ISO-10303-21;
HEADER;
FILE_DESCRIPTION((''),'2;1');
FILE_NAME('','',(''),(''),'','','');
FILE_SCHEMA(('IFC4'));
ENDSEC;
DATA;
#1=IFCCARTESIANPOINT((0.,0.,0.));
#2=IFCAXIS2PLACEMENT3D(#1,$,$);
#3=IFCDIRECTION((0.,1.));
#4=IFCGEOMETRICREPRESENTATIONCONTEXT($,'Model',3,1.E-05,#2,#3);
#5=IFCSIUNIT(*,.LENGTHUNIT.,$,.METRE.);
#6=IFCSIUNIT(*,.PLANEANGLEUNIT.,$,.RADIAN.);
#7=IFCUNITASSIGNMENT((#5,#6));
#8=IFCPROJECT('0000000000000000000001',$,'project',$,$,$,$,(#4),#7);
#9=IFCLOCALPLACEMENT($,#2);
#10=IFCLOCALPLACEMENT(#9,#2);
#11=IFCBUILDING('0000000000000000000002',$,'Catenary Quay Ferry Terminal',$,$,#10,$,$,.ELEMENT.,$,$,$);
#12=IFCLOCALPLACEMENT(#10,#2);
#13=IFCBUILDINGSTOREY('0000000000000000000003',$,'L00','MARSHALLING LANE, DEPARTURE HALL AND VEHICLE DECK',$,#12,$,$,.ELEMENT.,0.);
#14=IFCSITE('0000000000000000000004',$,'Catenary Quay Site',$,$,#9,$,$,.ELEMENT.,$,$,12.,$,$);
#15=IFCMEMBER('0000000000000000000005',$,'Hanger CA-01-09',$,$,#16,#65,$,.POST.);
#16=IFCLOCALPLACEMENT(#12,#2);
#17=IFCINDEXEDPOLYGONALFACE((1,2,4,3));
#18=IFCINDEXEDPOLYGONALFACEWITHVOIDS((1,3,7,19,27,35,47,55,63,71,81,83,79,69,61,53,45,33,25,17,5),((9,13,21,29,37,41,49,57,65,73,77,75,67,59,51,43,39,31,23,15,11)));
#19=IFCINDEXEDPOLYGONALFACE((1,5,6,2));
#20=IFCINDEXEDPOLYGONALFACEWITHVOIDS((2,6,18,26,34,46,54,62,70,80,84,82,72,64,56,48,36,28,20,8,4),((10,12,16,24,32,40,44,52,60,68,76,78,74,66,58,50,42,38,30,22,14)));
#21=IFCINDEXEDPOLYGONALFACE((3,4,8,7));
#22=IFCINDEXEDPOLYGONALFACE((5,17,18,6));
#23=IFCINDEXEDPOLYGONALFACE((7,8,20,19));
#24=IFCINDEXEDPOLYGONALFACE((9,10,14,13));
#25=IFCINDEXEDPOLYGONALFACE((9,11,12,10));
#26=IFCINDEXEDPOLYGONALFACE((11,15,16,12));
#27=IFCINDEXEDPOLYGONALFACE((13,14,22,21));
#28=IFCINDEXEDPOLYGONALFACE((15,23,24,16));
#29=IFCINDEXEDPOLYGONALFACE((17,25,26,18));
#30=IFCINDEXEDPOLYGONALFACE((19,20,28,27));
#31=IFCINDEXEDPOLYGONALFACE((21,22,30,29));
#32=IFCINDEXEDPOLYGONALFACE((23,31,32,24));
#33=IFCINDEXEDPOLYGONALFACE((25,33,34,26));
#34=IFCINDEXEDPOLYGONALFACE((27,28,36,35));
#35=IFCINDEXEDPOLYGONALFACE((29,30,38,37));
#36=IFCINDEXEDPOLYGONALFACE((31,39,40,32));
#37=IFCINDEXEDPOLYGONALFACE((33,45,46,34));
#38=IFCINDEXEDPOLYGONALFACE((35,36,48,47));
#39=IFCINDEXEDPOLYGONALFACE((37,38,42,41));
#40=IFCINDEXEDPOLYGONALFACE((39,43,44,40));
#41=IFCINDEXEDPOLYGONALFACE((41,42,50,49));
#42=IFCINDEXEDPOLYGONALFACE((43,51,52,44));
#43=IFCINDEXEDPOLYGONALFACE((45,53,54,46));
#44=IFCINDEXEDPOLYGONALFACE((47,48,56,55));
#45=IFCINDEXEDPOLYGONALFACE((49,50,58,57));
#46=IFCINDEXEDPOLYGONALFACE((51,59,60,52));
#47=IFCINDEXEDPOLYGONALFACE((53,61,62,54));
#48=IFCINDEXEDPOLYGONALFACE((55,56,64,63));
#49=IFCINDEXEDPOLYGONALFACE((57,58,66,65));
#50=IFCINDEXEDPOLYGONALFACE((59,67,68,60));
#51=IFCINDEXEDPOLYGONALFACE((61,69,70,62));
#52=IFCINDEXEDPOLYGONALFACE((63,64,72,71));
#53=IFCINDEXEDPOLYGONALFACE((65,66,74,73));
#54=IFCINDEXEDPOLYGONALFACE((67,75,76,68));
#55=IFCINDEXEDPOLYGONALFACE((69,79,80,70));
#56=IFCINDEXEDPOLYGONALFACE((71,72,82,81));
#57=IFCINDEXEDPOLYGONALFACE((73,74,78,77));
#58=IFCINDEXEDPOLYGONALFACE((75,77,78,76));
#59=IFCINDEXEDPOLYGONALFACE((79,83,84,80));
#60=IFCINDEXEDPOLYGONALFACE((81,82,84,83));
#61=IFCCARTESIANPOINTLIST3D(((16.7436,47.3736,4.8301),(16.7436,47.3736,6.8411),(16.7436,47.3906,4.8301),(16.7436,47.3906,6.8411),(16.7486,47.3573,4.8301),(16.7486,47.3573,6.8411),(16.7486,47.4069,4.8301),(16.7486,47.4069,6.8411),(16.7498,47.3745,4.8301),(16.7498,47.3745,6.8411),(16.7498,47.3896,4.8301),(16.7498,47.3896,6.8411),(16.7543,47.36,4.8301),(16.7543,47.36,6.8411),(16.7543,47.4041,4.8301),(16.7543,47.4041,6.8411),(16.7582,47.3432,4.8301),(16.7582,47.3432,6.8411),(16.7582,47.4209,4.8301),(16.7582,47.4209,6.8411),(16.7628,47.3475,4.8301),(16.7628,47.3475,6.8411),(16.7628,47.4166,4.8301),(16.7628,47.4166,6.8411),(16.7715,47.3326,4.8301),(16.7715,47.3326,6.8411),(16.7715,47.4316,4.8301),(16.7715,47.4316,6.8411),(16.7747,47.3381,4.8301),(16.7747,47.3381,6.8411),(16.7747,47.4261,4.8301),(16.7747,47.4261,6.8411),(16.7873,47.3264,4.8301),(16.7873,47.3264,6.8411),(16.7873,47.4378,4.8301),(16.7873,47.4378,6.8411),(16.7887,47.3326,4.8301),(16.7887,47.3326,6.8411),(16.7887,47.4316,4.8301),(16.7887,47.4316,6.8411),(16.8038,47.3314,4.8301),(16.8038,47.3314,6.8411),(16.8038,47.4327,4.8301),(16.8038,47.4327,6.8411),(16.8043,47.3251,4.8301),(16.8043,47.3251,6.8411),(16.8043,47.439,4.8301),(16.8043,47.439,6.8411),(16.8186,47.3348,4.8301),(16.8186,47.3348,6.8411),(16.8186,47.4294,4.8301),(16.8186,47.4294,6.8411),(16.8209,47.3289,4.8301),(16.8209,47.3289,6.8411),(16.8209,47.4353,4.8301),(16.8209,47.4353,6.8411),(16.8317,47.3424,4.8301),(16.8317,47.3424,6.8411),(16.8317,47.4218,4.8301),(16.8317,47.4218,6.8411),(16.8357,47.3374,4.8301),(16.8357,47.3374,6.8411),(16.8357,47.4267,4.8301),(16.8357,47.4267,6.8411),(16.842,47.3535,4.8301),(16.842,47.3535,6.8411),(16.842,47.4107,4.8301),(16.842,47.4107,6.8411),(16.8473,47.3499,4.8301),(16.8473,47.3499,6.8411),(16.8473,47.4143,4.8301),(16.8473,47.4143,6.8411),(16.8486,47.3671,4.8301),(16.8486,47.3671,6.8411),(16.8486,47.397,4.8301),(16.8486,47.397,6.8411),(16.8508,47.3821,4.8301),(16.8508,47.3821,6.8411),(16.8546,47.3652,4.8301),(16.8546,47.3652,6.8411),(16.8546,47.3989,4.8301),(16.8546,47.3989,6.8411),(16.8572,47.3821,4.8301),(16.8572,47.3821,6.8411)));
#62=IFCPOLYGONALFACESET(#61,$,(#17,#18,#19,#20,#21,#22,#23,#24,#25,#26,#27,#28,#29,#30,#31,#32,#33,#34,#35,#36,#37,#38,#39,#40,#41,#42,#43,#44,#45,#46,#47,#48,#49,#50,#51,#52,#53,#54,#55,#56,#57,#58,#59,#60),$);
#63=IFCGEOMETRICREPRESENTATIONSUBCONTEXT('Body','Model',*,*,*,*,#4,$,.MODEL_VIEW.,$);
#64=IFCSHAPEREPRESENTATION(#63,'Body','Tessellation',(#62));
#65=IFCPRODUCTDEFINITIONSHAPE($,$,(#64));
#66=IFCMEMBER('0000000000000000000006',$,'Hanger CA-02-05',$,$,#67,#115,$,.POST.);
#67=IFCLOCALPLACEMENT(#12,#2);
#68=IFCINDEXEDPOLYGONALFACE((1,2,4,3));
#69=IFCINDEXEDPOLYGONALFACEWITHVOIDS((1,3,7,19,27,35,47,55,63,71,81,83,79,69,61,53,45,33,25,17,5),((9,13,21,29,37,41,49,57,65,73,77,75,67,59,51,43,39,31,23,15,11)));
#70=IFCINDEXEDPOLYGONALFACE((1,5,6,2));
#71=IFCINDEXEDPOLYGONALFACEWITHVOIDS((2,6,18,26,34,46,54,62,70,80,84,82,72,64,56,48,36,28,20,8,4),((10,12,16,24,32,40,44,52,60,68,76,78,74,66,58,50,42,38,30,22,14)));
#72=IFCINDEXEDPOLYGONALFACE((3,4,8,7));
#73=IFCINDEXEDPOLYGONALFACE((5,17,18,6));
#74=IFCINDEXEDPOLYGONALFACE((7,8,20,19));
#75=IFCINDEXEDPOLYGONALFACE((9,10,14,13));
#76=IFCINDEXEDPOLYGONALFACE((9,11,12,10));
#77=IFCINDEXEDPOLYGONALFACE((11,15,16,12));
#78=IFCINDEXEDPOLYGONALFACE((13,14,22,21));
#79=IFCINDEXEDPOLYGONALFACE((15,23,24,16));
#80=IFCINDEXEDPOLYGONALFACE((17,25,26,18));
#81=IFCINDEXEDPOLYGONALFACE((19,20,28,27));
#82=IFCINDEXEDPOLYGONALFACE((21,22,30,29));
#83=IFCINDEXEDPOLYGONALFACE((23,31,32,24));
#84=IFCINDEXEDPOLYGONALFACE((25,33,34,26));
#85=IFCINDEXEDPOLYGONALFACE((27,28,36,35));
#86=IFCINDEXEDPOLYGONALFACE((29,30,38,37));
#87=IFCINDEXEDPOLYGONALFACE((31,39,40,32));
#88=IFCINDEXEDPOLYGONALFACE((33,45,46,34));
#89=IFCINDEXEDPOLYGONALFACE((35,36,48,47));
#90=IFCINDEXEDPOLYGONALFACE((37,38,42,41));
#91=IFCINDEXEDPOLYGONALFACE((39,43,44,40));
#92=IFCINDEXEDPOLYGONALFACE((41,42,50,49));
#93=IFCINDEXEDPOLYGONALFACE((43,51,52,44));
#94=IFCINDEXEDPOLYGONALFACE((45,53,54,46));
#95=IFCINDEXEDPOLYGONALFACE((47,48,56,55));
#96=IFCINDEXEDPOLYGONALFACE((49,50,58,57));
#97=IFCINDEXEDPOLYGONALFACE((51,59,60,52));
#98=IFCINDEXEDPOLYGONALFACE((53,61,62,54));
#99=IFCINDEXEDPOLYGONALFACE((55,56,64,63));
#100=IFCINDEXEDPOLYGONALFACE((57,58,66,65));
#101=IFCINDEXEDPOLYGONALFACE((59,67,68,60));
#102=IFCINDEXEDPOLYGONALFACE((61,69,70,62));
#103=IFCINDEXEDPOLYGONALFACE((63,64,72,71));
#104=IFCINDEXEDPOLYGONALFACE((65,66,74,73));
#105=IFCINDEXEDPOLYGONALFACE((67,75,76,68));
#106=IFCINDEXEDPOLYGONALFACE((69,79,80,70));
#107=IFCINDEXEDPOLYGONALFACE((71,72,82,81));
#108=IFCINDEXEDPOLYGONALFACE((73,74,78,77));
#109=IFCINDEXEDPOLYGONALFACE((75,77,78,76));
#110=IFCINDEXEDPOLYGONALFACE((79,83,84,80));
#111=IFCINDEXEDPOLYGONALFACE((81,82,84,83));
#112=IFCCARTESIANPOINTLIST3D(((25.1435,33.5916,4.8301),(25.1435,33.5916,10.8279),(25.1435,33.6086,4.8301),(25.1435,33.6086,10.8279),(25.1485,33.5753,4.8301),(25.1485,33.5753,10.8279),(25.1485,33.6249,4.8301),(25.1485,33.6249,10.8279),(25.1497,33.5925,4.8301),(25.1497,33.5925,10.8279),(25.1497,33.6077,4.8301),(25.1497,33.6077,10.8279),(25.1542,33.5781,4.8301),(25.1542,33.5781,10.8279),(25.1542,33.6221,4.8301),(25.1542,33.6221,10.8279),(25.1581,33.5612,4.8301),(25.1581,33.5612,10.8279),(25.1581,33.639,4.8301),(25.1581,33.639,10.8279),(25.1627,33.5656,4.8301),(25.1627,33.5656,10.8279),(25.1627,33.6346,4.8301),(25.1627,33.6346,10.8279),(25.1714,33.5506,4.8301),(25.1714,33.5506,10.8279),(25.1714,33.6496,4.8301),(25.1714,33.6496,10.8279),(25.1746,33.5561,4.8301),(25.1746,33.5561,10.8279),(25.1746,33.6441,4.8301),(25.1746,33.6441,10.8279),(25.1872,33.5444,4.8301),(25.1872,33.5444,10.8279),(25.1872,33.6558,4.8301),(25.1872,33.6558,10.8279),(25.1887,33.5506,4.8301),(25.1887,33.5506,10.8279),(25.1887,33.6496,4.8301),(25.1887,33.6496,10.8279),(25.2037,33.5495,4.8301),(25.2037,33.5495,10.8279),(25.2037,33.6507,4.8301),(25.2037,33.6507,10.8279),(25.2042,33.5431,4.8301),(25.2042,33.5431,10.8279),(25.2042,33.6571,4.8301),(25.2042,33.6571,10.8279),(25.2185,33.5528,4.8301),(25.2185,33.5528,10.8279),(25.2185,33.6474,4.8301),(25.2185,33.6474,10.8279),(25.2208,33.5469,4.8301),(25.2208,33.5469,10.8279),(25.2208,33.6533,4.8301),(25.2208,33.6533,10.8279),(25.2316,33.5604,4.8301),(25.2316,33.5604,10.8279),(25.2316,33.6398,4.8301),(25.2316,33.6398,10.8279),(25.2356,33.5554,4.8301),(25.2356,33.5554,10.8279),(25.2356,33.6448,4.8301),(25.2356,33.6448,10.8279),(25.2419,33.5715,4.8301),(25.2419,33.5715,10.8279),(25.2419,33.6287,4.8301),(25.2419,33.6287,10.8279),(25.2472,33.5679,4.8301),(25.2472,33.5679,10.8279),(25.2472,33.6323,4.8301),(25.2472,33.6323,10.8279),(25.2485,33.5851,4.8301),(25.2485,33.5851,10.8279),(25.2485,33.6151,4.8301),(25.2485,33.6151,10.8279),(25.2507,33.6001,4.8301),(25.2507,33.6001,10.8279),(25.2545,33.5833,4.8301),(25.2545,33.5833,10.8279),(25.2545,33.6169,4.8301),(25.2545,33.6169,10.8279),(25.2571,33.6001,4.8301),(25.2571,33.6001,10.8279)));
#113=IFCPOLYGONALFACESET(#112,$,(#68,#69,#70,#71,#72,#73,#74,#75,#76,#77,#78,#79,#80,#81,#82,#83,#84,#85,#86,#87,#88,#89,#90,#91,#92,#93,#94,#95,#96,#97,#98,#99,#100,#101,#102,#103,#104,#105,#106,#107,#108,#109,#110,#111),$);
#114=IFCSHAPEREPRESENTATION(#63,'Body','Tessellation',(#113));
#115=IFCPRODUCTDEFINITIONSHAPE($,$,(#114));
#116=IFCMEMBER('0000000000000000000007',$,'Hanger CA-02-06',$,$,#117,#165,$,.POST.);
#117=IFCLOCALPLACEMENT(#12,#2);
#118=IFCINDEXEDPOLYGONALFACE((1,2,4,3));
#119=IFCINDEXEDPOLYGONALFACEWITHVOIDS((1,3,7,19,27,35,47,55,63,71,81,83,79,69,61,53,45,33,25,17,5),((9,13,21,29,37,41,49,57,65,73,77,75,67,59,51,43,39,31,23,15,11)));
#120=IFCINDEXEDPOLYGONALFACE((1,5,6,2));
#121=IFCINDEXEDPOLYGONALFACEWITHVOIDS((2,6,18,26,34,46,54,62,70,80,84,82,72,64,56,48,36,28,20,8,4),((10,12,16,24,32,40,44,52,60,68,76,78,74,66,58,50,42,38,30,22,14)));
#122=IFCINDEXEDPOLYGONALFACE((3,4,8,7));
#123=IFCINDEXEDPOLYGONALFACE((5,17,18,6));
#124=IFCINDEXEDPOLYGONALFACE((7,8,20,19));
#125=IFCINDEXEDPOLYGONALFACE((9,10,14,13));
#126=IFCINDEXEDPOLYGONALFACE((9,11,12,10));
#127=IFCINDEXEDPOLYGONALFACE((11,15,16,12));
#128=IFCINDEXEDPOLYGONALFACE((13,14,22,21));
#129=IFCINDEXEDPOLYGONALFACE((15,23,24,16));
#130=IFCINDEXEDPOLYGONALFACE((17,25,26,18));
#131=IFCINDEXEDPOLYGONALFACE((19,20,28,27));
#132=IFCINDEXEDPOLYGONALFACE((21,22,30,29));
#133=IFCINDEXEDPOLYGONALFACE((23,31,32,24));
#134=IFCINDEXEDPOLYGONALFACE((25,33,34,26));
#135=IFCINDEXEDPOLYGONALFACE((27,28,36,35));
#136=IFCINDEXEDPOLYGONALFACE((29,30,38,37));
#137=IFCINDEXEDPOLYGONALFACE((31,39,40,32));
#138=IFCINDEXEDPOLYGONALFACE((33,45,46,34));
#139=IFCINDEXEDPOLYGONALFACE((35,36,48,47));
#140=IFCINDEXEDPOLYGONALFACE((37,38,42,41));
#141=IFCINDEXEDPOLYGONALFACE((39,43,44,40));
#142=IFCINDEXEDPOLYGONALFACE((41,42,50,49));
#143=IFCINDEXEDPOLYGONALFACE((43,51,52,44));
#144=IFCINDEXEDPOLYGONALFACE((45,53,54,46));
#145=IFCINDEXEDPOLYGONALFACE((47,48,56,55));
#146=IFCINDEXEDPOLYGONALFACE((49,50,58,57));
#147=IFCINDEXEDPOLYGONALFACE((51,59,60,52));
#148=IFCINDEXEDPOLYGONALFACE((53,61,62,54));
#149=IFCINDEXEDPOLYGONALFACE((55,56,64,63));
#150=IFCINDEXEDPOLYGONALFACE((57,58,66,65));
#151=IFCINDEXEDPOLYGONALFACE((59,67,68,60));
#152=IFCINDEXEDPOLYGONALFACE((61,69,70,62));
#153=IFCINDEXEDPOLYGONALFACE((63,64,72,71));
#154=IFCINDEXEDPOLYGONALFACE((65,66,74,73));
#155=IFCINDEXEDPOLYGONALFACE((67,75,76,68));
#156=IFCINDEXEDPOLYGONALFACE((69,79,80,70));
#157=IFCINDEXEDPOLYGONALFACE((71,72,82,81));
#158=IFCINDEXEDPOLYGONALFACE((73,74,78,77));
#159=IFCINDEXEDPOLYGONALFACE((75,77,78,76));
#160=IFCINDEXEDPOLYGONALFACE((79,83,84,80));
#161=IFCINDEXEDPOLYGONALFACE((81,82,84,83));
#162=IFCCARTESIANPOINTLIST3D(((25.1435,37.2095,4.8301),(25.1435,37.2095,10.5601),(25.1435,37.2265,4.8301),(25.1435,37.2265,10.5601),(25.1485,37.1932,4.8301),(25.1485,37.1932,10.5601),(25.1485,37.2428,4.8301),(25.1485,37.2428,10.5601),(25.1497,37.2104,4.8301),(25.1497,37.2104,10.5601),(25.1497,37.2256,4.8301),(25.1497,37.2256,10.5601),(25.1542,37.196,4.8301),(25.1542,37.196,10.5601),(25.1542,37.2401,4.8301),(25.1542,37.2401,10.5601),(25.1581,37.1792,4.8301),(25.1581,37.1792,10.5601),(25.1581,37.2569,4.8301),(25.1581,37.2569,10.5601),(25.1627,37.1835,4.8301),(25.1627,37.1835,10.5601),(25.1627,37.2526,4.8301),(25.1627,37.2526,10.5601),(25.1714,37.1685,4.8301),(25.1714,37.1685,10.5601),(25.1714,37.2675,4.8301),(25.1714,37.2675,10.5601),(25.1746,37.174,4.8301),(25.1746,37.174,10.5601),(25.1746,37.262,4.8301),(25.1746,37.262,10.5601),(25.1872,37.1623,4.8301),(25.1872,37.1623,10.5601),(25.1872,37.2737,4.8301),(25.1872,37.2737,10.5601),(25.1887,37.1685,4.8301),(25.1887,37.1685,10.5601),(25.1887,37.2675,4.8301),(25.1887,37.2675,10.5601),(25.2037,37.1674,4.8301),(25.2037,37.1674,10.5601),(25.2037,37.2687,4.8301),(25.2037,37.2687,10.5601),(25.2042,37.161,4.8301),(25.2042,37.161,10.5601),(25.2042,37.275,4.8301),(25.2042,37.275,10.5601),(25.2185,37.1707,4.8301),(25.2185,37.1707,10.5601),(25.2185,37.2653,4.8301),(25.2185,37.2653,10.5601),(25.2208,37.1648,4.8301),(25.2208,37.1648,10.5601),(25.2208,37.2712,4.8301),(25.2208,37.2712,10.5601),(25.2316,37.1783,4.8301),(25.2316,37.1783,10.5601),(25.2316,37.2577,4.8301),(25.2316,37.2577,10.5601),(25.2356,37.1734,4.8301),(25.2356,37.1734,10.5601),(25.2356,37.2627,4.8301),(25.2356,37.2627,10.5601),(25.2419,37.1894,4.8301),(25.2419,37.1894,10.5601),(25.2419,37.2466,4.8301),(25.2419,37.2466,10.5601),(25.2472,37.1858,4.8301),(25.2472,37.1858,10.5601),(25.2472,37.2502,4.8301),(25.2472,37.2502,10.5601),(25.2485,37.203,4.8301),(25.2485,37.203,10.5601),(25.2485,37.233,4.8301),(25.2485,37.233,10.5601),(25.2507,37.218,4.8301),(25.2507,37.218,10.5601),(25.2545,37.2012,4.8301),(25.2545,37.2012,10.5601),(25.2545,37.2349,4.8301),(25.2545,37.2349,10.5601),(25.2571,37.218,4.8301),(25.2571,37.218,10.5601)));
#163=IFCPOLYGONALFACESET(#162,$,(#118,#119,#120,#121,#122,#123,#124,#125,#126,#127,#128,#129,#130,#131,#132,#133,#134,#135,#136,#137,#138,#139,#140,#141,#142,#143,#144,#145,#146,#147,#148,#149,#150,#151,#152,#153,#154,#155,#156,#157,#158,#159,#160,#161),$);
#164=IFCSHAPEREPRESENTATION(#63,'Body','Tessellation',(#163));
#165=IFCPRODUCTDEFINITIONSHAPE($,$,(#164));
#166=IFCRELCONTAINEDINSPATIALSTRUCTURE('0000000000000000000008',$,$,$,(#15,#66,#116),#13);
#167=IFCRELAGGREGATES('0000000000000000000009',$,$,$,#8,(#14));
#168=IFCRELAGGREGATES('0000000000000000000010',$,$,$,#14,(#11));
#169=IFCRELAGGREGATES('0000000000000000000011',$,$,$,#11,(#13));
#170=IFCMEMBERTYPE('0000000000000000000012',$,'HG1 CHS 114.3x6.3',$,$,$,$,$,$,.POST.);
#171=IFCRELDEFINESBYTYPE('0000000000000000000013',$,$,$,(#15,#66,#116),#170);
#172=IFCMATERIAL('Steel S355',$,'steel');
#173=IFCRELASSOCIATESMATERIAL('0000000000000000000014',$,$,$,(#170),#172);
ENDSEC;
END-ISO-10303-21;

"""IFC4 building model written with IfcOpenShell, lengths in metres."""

from ifc_helpers import new_model, si_unit, direction, frame, origin, origin_2d, place, context, subcontext, project, spatial, hollow_circle, extrude, material, material_profile, profile_set, type_object, element, save


model = new_model("IFC4")

# Units and contexts
model_context = context("Model", 3, precision=1e-05, world=origin(), true_north=direction((0.0, 1.0)))
body_context = subcontext(model_context, "Body", "Model", "MODEL_VIEW")
ifc_project = project(units=[si_unit("LENGTHUNIT", "METRE"), si_unit("PLANEANGLEUNIT", "RADIAN")], contexts=[model_context])

# Site, building, storey
site_placement = place(None, origin())
site = spatial("IfcSite", under=ifc_project, at=site_placement, Name="Catenary Quay Site", CompositionType="ELEMENT", RefElevation=12.0)
building_placement = place(site_placement, origin())
building = spatial("IfcBuilding", under=site, at=building_placement, Name="Catenary Quay Ferry Terminal", CompositionType="ELEMENT")
storey_placement = place(building_placement, origin())
storey = spatial("IfcBuildingStorey", under=building, at=storey_placement, Name="L00", Description="MARSHALLING LANE, DEPARTURE HALL AND VEHICLE DECK", CompositionType="ELEMENT", Elevation=0.0)

# Members
ifc_material_1 = material(Name="Steel S355", Category="steel")
ifc_material_profile_1 = material_profile(ifc_material_1, hollow_circle(Radius=0.0571, WallThickness=0.0063, at=origin_2d()), Name="CHS 114.3x6.3")
ifc_profile_set_1 = profile_set([ifc_material_profile_1], Name="Steel S355")
member_type_1 = type_object("IfcMemberType", Name="HG1 CHS 114.3x6.3", PredefinedType="POST", material=ifc_profile_set_1)
member_1_placement = place(storey_placement, frame((16.8, 47.3821, 4.8301), z_axis=(0.0, 0.0, 1.0), x_axis=(1.0, 0.0, 0.0)))
element("IfcMember", 1, at=member_1_placement, inside=storey, type_object=member_type_1, Name="Hanger CA-01-09", PredefinedType="POST", context=body_context, shape_type="SweptSolid", body=[
    extrude(hollow_circle(Radius=0.0571, WallThickness=0.0063, at=origin_2d()), origin(), (0.0, 0.0, 1.0), 2.011),
])
member_2_placement = place(storey_placement, frame((25.2, 33.6001, 4.8301), z_axis=(0.0, 0.0, 1.0), x_axis=(1.0, 0.0, 0.0)))
element("IfcMember", 2, at=member_2_placement, inside=storey, type_object=member_type_1, Name="Hanger CA-02-05", PredefinedType="POST", context=body_context, shape_type="SweptSolid", body=[
    extrude(hollow_circle(Radius=0.0571, WallThickness=0.0063, at=origin_2d()), origin(), (0.0, 0.0, 1.0), 5.9978),
])
member_3_placement = place(storey_placement, frame((25.2, 37.218, 4.8301), z_axis=(0.0, 0.0, 1.0), x_axis=(1.0, 0.0, 0.0)))
element("IfcMember", 3, at=member_3_placement, inside=storey, type_object=member_type_1, Name="Hanger CA-02-06", PredefinedType="POST", context=body_context, shape_type="SweptSolid", body=[
    extrude(hollow_circle(Radius=0.0571, WallThickness=0.0063, at=origin_2d()), origin(), (0.0, 0.0, 1.0), 5.73),
])

save(model, "model.ifc")
